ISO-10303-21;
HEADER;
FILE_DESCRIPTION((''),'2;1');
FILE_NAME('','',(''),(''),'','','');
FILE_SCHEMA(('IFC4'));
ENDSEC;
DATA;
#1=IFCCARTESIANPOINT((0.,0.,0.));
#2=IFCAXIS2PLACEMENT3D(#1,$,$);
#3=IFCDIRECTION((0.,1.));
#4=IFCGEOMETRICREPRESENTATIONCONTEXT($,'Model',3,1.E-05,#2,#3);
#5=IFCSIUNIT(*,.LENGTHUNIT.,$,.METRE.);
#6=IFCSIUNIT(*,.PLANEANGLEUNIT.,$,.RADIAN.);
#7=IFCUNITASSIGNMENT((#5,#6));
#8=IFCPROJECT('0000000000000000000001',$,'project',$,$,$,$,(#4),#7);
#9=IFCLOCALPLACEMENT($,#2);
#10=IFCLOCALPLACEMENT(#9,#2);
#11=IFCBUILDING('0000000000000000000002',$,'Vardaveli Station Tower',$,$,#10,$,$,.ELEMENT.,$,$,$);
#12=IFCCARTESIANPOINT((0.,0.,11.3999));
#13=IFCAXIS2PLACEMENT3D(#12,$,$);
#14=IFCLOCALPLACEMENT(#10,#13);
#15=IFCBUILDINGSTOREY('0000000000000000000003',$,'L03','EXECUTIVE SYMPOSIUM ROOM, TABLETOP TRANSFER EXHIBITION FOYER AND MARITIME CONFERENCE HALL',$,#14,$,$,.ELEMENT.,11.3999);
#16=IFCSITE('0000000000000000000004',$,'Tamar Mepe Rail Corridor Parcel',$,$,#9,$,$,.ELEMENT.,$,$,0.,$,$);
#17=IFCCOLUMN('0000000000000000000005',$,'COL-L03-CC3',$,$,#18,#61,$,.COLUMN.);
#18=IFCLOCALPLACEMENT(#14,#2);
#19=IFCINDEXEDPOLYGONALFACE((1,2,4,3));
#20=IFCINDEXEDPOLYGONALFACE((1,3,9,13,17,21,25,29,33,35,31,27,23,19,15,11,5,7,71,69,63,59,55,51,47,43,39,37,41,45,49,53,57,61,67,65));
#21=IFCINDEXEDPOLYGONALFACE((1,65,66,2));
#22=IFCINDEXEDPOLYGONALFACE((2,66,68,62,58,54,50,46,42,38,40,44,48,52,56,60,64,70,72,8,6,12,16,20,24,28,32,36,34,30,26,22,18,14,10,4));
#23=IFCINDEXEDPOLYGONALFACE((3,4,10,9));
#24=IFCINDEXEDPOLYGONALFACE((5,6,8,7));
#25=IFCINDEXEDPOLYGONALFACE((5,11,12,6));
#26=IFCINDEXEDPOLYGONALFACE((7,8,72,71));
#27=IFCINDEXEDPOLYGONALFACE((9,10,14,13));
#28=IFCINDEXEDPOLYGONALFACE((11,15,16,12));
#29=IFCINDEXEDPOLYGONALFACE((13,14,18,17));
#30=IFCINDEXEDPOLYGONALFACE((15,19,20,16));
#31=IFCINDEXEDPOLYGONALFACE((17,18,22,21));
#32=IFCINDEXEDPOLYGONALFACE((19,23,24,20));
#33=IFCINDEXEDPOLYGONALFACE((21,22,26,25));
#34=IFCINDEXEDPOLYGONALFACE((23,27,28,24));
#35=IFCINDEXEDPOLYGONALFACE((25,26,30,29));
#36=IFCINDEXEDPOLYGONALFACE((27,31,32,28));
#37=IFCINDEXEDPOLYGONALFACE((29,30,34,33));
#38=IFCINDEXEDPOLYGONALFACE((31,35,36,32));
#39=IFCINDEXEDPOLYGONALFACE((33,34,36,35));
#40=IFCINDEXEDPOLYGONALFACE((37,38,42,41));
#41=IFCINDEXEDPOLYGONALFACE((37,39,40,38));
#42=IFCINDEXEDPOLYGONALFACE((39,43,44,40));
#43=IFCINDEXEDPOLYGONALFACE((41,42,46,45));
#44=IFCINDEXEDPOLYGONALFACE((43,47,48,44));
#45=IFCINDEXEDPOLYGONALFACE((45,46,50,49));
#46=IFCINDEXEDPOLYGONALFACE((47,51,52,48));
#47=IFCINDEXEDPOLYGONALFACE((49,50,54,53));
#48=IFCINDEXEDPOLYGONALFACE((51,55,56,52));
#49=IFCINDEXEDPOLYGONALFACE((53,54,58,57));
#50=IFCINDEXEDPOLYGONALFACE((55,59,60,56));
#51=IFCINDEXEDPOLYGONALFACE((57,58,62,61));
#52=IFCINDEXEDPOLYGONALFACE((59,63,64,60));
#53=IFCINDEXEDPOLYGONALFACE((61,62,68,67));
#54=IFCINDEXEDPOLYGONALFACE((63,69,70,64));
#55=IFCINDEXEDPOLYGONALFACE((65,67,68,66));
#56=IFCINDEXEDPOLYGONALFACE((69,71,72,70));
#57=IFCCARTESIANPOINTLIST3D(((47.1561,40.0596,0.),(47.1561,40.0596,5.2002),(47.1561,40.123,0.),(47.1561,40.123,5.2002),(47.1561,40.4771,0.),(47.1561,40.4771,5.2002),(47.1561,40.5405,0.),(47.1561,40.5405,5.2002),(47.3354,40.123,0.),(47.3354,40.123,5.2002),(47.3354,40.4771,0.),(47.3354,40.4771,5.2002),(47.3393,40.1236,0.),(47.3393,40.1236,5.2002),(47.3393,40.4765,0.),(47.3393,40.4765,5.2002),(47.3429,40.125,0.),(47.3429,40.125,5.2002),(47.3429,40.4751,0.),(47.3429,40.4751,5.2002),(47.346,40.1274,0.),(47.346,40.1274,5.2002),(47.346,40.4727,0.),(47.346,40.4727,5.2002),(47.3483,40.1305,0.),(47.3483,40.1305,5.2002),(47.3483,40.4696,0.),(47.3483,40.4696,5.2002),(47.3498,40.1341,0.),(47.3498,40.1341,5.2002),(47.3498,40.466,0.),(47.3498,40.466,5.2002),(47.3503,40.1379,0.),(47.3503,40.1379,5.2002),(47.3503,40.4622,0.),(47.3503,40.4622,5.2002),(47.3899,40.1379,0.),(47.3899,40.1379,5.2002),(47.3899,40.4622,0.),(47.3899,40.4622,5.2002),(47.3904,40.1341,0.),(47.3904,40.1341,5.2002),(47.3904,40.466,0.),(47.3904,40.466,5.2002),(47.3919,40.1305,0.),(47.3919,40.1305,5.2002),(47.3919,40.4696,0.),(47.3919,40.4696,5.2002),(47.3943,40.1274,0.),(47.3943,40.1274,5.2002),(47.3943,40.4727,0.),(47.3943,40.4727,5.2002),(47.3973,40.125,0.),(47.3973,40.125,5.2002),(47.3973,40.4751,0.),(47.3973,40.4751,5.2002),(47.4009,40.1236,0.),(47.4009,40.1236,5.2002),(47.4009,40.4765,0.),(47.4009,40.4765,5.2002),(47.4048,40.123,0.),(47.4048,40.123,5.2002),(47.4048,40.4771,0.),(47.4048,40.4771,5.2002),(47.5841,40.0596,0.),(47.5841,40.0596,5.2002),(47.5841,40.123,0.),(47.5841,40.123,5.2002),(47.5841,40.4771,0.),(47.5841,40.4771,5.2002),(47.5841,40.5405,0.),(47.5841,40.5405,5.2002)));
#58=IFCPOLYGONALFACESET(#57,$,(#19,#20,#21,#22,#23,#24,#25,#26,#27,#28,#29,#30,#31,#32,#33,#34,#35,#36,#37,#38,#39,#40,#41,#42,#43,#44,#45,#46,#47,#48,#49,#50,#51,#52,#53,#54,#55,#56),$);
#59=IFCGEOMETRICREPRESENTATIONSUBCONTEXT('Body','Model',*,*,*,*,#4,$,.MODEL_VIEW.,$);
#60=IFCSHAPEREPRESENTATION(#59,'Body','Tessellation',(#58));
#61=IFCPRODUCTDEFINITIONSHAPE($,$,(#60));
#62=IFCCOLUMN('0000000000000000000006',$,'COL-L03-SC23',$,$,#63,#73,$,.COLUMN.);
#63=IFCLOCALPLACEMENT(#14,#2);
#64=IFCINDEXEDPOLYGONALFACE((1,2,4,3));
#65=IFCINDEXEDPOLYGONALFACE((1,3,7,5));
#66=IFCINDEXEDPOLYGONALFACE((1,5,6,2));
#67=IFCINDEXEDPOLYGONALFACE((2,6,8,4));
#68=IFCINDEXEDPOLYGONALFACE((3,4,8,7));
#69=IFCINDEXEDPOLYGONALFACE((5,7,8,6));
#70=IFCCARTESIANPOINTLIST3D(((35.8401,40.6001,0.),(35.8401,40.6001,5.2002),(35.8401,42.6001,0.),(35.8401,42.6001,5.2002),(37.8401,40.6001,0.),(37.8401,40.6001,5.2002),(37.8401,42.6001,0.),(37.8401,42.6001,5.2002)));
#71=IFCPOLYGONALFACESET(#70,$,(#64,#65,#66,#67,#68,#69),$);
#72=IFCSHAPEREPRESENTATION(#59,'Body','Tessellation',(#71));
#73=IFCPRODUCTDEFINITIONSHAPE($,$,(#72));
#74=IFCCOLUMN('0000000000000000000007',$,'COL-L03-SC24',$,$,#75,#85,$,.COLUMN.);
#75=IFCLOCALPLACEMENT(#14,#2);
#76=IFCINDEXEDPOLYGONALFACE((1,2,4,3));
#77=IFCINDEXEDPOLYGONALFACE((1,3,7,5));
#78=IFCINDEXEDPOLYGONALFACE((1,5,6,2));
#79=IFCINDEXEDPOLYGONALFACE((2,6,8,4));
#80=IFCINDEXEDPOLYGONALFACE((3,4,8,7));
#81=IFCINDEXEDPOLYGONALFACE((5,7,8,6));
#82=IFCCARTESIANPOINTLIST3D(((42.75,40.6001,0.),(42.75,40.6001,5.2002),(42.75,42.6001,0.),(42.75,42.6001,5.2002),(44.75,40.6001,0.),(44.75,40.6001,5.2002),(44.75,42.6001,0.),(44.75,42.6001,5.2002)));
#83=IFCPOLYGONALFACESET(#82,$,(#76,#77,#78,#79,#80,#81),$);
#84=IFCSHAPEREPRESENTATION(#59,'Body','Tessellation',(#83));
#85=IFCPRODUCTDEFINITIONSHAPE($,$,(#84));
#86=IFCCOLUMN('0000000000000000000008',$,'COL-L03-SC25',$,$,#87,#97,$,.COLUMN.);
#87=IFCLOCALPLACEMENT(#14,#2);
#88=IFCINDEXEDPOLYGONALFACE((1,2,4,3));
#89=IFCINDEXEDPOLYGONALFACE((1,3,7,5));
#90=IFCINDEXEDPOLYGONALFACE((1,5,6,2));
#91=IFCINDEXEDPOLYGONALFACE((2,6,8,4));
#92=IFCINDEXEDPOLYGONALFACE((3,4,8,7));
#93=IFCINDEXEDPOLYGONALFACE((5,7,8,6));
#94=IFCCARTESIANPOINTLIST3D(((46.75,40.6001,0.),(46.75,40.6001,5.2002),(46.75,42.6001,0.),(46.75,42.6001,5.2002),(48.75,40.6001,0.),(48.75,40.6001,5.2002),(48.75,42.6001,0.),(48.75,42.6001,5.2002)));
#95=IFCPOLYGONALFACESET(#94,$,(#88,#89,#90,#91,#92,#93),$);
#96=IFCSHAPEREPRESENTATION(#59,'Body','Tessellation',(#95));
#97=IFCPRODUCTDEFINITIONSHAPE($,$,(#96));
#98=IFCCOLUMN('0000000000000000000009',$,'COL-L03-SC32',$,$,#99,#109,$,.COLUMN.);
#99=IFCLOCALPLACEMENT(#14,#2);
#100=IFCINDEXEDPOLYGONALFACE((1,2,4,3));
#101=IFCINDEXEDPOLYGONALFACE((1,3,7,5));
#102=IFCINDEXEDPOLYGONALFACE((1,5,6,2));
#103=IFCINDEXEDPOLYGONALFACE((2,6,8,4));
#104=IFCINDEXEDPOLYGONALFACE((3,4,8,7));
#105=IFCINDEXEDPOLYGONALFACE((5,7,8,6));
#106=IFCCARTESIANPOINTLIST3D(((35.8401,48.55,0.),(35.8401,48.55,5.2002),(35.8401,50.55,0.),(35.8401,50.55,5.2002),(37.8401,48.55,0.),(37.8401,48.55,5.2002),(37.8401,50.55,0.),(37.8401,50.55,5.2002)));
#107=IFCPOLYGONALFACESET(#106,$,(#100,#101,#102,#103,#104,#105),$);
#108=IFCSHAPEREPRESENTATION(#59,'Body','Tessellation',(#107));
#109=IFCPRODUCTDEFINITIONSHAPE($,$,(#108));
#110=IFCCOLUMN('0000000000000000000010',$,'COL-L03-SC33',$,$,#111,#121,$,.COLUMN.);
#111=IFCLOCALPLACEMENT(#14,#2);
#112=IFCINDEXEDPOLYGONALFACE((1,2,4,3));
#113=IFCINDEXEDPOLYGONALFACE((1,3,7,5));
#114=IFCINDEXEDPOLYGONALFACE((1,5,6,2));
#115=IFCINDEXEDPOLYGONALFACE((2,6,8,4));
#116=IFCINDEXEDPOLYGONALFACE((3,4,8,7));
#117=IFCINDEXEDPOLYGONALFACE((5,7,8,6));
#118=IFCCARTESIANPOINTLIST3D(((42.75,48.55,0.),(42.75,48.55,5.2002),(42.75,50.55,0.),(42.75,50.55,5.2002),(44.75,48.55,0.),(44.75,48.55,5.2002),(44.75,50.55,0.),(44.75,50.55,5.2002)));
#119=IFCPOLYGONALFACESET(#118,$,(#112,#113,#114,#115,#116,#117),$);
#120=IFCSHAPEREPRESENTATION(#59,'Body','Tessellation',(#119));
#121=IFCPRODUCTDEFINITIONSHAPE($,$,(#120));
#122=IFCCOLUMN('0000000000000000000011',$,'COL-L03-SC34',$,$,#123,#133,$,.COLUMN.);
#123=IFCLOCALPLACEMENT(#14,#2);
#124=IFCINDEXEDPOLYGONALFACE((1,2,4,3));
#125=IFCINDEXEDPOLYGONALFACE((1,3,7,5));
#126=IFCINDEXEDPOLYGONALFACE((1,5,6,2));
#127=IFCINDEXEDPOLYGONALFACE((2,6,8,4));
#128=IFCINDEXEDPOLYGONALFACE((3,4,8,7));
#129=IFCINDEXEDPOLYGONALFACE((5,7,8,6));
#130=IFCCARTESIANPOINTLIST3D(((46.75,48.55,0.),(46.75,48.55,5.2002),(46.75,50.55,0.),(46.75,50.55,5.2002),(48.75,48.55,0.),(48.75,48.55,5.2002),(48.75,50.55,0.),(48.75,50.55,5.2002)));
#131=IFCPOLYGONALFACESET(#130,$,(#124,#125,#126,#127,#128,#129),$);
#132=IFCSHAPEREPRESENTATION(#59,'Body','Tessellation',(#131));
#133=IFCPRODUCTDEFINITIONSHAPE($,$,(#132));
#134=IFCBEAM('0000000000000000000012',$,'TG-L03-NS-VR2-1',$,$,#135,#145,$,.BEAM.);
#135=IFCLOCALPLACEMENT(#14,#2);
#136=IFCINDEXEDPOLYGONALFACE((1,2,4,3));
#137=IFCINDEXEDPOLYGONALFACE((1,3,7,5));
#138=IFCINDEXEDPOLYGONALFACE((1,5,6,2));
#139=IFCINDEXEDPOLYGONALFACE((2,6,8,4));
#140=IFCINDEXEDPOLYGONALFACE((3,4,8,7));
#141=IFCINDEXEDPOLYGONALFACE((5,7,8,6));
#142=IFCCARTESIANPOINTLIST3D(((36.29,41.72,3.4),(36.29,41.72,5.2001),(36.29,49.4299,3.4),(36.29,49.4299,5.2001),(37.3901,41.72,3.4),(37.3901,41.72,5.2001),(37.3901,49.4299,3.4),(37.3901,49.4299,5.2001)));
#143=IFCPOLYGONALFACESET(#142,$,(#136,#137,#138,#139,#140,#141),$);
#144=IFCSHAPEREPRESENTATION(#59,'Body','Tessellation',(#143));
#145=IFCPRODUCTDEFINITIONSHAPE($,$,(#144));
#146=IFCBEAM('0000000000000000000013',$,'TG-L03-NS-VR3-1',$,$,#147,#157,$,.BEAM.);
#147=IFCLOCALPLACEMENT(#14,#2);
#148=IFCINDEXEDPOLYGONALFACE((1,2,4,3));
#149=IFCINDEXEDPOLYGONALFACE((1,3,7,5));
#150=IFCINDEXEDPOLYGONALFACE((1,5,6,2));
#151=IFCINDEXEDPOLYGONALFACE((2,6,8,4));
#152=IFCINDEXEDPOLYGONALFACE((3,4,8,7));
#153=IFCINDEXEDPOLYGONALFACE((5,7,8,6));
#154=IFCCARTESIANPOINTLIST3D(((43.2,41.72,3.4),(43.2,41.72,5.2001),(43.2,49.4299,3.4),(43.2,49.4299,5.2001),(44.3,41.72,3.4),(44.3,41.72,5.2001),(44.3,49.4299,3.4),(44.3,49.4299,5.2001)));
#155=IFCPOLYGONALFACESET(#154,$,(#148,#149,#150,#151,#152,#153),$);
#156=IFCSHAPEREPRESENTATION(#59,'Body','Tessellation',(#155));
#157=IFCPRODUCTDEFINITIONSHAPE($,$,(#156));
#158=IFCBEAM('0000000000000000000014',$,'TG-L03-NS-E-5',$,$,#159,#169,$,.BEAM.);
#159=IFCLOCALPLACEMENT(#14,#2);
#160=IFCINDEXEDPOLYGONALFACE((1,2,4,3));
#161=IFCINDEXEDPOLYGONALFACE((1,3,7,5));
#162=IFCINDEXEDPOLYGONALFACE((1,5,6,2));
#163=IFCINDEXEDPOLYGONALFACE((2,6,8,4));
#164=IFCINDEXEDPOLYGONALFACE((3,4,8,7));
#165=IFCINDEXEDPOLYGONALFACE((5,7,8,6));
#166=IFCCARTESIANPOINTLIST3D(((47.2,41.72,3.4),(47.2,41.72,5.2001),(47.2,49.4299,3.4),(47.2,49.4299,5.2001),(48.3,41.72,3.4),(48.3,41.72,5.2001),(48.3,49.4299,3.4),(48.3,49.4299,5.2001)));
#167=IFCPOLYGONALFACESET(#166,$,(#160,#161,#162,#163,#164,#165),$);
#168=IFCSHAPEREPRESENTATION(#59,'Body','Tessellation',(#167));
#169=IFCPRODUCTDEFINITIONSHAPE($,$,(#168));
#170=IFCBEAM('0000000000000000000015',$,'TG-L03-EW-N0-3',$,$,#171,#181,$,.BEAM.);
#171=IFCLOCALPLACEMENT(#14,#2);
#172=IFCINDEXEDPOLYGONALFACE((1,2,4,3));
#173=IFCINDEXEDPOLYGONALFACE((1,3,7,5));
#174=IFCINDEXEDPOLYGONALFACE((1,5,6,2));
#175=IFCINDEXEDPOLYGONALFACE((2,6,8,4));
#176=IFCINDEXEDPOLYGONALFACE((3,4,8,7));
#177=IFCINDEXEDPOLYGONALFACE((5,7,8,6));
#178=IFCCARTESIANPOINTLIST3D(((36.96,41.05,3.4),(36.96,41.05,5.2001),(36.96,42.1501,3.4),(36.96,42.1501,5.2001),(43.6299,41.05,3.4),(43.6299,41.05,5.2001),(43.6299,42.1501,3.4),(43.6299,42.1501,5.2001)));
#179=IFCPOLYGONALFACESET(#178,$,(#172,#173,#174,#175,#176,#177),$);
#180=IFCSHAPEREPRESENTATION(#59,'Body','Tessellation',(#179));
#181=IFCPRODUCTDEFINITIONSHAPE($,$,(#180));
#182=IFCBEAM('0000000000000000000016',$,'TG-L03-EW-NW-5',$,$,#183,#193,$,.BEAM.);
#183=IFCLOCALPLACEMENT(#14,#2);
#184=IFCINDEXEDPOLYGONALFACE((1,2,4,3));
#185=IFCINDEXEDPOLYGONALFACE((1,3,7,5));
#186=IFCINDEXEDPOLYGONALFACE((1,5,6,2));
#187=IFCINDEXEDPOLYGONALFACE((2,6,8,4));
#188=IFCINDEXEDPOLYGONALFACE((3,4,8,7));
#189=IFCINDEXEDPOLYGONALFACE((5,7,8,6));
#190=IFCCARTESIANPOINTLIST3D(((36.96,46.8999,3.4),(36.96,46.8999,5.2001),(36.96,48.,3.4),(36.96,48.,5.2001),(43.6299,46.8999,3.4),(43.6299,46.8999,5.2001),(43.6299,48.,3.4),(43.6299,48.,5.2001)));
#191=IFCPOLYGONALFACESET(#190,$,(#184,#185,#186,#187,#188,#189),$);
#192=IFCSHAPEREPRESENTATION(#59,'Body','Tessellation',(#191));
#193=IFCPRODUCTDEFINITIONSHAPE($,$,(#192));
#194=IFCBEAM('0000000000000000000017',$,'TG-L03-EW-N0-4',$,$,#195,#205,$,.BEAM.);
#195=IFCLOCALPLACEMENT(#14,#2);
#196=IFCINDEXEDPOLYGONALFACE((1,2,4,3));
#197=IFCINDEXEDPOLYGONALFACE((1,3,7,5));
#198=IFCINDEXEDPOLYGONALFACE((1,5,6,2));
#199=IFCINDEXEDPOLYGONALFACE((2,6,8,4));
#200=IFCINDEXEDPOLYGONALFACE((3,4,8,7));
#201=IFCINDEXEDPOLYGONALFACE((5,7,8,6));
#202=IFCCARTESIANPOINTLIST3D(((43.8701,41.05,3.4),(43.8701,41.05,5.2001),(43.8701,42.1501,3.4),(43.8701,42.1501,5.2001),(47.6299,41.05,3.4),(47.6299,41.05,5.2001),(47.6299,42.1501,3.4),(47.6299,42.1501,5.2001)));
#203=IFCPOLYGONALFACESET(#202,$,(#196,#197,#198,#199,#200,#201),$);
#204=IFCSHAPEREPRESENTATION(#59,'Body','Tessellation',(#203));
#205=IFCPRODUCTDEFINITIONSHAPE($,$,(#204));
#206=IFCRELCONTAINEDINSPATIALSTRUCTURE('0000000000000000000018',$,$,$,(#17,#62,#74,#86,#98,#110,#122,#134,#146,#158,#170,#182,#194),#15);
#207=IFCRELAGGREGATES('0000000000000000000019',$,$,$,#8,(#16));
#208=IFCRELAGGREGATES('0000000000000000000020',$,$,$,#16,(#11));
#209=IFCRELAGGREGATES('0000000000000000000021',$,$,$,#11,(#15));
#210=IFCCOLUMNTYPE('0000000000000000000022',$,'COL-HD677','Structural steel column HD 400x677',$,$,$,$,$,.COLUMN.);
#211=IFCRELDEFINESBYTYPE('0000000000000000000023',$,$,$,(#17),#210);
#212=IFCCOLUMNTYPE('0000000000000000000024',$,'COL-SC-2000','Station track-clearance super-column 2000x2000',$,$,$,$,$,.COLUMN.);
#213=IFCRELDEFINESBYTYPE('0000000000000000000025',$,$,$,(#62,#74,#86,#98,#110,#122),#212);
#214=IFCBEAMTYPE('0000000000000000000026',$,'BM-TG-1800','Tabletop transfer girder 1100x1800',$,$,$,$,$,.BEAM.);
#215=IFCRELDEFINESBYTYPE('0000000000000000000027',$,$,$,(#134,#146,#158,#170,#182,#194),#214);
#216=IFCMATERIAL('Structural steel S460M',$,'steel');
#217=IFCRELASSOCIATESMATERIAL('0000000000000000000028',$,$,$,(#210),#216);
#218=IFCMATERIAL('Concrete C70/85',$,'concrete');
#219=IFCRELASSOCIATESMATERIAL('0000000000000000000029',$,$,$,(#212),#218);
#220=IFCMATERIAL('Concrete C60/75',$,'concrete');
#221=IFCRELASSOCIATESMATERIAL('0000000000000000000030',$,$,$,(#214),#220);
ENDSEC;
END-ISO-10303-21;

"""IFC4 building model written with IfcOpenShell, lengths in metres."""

from ifc_helpers import new_model, si_unit, direction, frame, origin, origin_2d, place, context, subcontext, project, spatial, rectangle, i_section, extrude, source, transform, mapped, material, material_profile, profile_set, type_object, element, save


model = new_model("IFC4")

# Units and contexts
model_context = context("Model", 3, precision=1e-05, world=origin(), true_north=direction((0.0, 1.0)))
body_context = subcontext(model_context, "Body", "Model", "MODEL_VIEW")
ifc_project = project(units=[si_unit("LENGTHUNIT", "METRE"), si_unit("PLANEANGLEUNIT", "RADIAN")], contexts=[model_context])

# Site, building, storey
site_placement = place(None, origin())
site = spatial("IfcSite", under=ifc_project, at=site_placement, Name="Tamar Mepe Rail Corridor Parcel", CompositionType="ELEMENT", RefElevation=0.0)
building_placement = place(site_placement, origin())
building = spatial("IfcBuilding", under=site, at=building_placement, Name="Vardaveli Station Tower", CompositionType="ELEMENT")
storey_placement = place(building_placement, frame((0.0, 0.0, 11.3999)))
storey = spatial("IfcBuildingStorey", under=building, at=storey_placement, Name="L03", Description="EXECUTIVE SYMPOSIUM ROOM, TABLETOP TRANSFER EXHIBITION FOYER AND MARITIME CONFERENCE HALL", CompositionType="ELEMENT", Elevation=11.3999)

# Columns
ifc_material_1 = material(Name="Structural steel S460M", Category="steel")
ifc_material_profile_1 = material_profile(ifc_material_1, i_section(OverallWidth=0.428, OverallDepth=0.481, WebThickness=0.0396, FlangeThickness=0.0635, FilletRadius=0.0149, at=origin_2d()), Name="HD 400x677")
ifc_profile_set_1 = profile_set([ifc_material_profile_1], Name="Structural steel S460M")
column_type_1 = type_object("IfcColumnType", Name="COL-HD677", Description="Structural steel column HD 400x677", PredefinedType="COLUMN", material=ifc_profile_set_1)
shared_shape_1 = source(origin(), body_context, "Body", "SweptSolid", [
    extrude(i_section(OverallWidth=0.428, OverallDepth=0.481, WebThickness=0.0396, FlangeThickness=0.0635, FilletRadius=0.0149, at=origin_2d()), origin(), (0.0, 0.0, 1.0), 5.2002),
])
column_placement = place(storey_placement, frame((47.3701, 40.3, 0.0), z_axis=(0.0, 0.0, 1.0), x_axis=(1.0, 0.0, 0.0)))
element("IfcColumn", 1, at=column_placement, inside=storey, type_object=column_type_1, Name="COL-L03-CC3", PredefinedType="COLUMN", context=body_context, shape_type="MappedRepresentation", body=[
    mapped(shared_shape_1, transform((0.0, 0.0, 0.0), scale=1.0)),
])
ifc_material_2 = material(Name="Concrete C70/85", Category="concrete")
ifc_material_profile_2 = material_profile(ifc_material_2, rectangle(XDim=2.0, YDim=2.0, at=origin_2d()), Name="SC 2000x2000")
ifc_profile_set_2 = profile_set([ifc_material_profile_2], Name="Concrete C70/85")
column_type_2 = type_object("IfcColumnType", Name="COL-SC-2000", Description="Station track-clearance super-column 2000x2000", PredefinedType="COLUMN", material=ifc_profile_set_2)
shared_shape_2 = source(origin(), body_context, "Body", "SweptSolid", [
    extrude(rectangle(XDim=2.0, YDim=2.0, at=origin_2d()), origin(), (0.0, 0.0, 1.0), 5.2002),
])
for number, where, z_axis, x_axis, name in (
    (2, (36.8401, 41.6001, 0.0), (0.0, 0.0, 1.0), (1.0, 0.0, 0.0), "COL-L03-SC23"),
    (3, (43.75, 41.6001, 0.0), (0.0, 0.0, 1.0), (1.0, 0.0, 0.0), "COL-L03-SC24"),
    (4, (47.75, 41.6001, 0.0), (0.0, 0.0, 1.0), (1.0, 0.0, 0.0), "COL-L03-SC25"),
    (5, (36.8401, 49.55, 0.0), (0.0, 0.0, 1.0), (1.0, 0.0, 0.0), "COL-L03-SC32"),
    (6, (43.75, 49.55, 0.0), (0.0, 0.0, 1.0), (1.0, 0.0, 0.0), "COL-L03-SC33"),
    (7, (47.75, 49.55, 0.0), (0.0, 0.0, 1.0), (1.0, 0.0, 0.0), "COL-L03-SC34"),
):
    element("IfcColumn", number, at=place(storey_placement, frame(where, z_axis=z_axis, x_axis=x_axis)), inside=storey, type_object=column_type_2, Name=name, PredefinedType="COLUMN", context=body_context, shape_type="MappedRepresentation", body=[
        mapped(shared_shape_2, transform((0.0, 0.0, 0.0), scale=1.0)),
    ])

# Beams
ifc_material_3 = material(Name="Concrete C60/75", Category="concrete")
ifc_material_profile_3 = material_profile(ifc_material_3, rectangle(XDim=1.1001, YDim=1.8, at=origin_2d()), Name="TG 1100x1800")
ifc_profile_set_3 = profile_set([ifc_material_profile_3], Name="Concrete C60/75")
beam_type_1 = type_object("IfcBeamType", Name="BM-TG-1800", Description="Tabletop transfer girder 1100x1800", PredefinedType="BEAM", material=ifc_profile_set_3)
shared_shape_3 = source(origin(), body_context, "Body", "SweptSolid", [
    extrude(rectangle(XDim=1.1001, YDim=1.8, at=origin_2d()), origin(), (0.0, 0.0, 1.0), 7.71),
])
for number, where, z_axis, x_axis, name in (
    (8, (36.8401, 41.72, 4.3), (0.0, 1.0, 0.0), (-1.0, 0.0, 0.0), "TG-L03-NS-VR2-1"),
    (9, (43.75, 41.72, 4.3), (0.0, 1.0, 0.0), (-1.0, 0.0, 0.0), "TG-L03-NS-VR3-1"),
    (10, (47.75, 41.72, 4.3), (0.0, 1.0, 0.0), (-1.0, 0.0, 0.0), "TG-L03-NS-E-5"),
):
    element("IfcBeam", number, at=place(storey_placement, frame(where, z_axis=z_axis, x_axis=x_axis)), inside=storey, type_object=beam_type_1, Name=name, PredefinedType="BEAM", context=body_context, shape_type="MappedRepresentation", body=[
        mapped(shared_shape_3, transform((0.0, 0.0, 0.0), scale=1.0)),
    ])
shared_shape_4 = source(origin(), body_context, "Body", "SweptSolid", [
    extrude(rectangle(XDim=1.1001, YDim=1.8, at=origin_2d()), origin(), (0.0, 0.0, 1.0), 6.6699),
])
for number, where, z_axis, x_axis, name in (
    (11, (36.96, 41.6001, 4.3), (1.0, 0.0, 0.0), (0.0, 1.0, 0.0), "TG-L03-EW-N0-3"),
    (12, (36.96, 47.45, 4.3), (1.0, 0.0, 0.0), (0.0, 1.0, 0.0), "TG-L03-EW-NW-5"),
):
    element("IfcBeam", number, at=place(storey_placement, frame(where, z_axis=z_axis, x_axis=x_axis)), inside=storey, type_object=beam_type_1, Name=name, PredefinedType="BEAM", context=body_context, shape_type="MappedRepresentation", body=[
        mapped(shared_shape_4, transform((0.0, 0.0, 0.0), scale=1.0)),
    ])
shared_shape_5 = source(origin(), body_context, "Body", "SweptSolid", [
    extrude(rectangle(XDim=1.1001, YDim=1.8, at=origin_2d()), origin(), (0.0, 0.0, 1.0), 3.7598),
])
for number, where, z_axis, x_axis, name in (
    (13, (43.8701, 41.6001, 4.3), (1.0, 0.0, 0.0), (0.0, 1.0, 0.0), "TG-L03-EW-N0-4"),
):
    element("IfcBeam", number, at=place(storey_placement, frame(where, z_axis=z_axis, x_axis=x_axis)), inside=storey, type_object=beam_type_1, Name=name, PredefinedType="BEAM", context=body_context, shape_type="MappedRepresentation", body=[
        mapped(shared_shape_5, transform((0.0, 0.0, 0.0), scale=1.0)),
    ])

save(model, "model.ifc")
